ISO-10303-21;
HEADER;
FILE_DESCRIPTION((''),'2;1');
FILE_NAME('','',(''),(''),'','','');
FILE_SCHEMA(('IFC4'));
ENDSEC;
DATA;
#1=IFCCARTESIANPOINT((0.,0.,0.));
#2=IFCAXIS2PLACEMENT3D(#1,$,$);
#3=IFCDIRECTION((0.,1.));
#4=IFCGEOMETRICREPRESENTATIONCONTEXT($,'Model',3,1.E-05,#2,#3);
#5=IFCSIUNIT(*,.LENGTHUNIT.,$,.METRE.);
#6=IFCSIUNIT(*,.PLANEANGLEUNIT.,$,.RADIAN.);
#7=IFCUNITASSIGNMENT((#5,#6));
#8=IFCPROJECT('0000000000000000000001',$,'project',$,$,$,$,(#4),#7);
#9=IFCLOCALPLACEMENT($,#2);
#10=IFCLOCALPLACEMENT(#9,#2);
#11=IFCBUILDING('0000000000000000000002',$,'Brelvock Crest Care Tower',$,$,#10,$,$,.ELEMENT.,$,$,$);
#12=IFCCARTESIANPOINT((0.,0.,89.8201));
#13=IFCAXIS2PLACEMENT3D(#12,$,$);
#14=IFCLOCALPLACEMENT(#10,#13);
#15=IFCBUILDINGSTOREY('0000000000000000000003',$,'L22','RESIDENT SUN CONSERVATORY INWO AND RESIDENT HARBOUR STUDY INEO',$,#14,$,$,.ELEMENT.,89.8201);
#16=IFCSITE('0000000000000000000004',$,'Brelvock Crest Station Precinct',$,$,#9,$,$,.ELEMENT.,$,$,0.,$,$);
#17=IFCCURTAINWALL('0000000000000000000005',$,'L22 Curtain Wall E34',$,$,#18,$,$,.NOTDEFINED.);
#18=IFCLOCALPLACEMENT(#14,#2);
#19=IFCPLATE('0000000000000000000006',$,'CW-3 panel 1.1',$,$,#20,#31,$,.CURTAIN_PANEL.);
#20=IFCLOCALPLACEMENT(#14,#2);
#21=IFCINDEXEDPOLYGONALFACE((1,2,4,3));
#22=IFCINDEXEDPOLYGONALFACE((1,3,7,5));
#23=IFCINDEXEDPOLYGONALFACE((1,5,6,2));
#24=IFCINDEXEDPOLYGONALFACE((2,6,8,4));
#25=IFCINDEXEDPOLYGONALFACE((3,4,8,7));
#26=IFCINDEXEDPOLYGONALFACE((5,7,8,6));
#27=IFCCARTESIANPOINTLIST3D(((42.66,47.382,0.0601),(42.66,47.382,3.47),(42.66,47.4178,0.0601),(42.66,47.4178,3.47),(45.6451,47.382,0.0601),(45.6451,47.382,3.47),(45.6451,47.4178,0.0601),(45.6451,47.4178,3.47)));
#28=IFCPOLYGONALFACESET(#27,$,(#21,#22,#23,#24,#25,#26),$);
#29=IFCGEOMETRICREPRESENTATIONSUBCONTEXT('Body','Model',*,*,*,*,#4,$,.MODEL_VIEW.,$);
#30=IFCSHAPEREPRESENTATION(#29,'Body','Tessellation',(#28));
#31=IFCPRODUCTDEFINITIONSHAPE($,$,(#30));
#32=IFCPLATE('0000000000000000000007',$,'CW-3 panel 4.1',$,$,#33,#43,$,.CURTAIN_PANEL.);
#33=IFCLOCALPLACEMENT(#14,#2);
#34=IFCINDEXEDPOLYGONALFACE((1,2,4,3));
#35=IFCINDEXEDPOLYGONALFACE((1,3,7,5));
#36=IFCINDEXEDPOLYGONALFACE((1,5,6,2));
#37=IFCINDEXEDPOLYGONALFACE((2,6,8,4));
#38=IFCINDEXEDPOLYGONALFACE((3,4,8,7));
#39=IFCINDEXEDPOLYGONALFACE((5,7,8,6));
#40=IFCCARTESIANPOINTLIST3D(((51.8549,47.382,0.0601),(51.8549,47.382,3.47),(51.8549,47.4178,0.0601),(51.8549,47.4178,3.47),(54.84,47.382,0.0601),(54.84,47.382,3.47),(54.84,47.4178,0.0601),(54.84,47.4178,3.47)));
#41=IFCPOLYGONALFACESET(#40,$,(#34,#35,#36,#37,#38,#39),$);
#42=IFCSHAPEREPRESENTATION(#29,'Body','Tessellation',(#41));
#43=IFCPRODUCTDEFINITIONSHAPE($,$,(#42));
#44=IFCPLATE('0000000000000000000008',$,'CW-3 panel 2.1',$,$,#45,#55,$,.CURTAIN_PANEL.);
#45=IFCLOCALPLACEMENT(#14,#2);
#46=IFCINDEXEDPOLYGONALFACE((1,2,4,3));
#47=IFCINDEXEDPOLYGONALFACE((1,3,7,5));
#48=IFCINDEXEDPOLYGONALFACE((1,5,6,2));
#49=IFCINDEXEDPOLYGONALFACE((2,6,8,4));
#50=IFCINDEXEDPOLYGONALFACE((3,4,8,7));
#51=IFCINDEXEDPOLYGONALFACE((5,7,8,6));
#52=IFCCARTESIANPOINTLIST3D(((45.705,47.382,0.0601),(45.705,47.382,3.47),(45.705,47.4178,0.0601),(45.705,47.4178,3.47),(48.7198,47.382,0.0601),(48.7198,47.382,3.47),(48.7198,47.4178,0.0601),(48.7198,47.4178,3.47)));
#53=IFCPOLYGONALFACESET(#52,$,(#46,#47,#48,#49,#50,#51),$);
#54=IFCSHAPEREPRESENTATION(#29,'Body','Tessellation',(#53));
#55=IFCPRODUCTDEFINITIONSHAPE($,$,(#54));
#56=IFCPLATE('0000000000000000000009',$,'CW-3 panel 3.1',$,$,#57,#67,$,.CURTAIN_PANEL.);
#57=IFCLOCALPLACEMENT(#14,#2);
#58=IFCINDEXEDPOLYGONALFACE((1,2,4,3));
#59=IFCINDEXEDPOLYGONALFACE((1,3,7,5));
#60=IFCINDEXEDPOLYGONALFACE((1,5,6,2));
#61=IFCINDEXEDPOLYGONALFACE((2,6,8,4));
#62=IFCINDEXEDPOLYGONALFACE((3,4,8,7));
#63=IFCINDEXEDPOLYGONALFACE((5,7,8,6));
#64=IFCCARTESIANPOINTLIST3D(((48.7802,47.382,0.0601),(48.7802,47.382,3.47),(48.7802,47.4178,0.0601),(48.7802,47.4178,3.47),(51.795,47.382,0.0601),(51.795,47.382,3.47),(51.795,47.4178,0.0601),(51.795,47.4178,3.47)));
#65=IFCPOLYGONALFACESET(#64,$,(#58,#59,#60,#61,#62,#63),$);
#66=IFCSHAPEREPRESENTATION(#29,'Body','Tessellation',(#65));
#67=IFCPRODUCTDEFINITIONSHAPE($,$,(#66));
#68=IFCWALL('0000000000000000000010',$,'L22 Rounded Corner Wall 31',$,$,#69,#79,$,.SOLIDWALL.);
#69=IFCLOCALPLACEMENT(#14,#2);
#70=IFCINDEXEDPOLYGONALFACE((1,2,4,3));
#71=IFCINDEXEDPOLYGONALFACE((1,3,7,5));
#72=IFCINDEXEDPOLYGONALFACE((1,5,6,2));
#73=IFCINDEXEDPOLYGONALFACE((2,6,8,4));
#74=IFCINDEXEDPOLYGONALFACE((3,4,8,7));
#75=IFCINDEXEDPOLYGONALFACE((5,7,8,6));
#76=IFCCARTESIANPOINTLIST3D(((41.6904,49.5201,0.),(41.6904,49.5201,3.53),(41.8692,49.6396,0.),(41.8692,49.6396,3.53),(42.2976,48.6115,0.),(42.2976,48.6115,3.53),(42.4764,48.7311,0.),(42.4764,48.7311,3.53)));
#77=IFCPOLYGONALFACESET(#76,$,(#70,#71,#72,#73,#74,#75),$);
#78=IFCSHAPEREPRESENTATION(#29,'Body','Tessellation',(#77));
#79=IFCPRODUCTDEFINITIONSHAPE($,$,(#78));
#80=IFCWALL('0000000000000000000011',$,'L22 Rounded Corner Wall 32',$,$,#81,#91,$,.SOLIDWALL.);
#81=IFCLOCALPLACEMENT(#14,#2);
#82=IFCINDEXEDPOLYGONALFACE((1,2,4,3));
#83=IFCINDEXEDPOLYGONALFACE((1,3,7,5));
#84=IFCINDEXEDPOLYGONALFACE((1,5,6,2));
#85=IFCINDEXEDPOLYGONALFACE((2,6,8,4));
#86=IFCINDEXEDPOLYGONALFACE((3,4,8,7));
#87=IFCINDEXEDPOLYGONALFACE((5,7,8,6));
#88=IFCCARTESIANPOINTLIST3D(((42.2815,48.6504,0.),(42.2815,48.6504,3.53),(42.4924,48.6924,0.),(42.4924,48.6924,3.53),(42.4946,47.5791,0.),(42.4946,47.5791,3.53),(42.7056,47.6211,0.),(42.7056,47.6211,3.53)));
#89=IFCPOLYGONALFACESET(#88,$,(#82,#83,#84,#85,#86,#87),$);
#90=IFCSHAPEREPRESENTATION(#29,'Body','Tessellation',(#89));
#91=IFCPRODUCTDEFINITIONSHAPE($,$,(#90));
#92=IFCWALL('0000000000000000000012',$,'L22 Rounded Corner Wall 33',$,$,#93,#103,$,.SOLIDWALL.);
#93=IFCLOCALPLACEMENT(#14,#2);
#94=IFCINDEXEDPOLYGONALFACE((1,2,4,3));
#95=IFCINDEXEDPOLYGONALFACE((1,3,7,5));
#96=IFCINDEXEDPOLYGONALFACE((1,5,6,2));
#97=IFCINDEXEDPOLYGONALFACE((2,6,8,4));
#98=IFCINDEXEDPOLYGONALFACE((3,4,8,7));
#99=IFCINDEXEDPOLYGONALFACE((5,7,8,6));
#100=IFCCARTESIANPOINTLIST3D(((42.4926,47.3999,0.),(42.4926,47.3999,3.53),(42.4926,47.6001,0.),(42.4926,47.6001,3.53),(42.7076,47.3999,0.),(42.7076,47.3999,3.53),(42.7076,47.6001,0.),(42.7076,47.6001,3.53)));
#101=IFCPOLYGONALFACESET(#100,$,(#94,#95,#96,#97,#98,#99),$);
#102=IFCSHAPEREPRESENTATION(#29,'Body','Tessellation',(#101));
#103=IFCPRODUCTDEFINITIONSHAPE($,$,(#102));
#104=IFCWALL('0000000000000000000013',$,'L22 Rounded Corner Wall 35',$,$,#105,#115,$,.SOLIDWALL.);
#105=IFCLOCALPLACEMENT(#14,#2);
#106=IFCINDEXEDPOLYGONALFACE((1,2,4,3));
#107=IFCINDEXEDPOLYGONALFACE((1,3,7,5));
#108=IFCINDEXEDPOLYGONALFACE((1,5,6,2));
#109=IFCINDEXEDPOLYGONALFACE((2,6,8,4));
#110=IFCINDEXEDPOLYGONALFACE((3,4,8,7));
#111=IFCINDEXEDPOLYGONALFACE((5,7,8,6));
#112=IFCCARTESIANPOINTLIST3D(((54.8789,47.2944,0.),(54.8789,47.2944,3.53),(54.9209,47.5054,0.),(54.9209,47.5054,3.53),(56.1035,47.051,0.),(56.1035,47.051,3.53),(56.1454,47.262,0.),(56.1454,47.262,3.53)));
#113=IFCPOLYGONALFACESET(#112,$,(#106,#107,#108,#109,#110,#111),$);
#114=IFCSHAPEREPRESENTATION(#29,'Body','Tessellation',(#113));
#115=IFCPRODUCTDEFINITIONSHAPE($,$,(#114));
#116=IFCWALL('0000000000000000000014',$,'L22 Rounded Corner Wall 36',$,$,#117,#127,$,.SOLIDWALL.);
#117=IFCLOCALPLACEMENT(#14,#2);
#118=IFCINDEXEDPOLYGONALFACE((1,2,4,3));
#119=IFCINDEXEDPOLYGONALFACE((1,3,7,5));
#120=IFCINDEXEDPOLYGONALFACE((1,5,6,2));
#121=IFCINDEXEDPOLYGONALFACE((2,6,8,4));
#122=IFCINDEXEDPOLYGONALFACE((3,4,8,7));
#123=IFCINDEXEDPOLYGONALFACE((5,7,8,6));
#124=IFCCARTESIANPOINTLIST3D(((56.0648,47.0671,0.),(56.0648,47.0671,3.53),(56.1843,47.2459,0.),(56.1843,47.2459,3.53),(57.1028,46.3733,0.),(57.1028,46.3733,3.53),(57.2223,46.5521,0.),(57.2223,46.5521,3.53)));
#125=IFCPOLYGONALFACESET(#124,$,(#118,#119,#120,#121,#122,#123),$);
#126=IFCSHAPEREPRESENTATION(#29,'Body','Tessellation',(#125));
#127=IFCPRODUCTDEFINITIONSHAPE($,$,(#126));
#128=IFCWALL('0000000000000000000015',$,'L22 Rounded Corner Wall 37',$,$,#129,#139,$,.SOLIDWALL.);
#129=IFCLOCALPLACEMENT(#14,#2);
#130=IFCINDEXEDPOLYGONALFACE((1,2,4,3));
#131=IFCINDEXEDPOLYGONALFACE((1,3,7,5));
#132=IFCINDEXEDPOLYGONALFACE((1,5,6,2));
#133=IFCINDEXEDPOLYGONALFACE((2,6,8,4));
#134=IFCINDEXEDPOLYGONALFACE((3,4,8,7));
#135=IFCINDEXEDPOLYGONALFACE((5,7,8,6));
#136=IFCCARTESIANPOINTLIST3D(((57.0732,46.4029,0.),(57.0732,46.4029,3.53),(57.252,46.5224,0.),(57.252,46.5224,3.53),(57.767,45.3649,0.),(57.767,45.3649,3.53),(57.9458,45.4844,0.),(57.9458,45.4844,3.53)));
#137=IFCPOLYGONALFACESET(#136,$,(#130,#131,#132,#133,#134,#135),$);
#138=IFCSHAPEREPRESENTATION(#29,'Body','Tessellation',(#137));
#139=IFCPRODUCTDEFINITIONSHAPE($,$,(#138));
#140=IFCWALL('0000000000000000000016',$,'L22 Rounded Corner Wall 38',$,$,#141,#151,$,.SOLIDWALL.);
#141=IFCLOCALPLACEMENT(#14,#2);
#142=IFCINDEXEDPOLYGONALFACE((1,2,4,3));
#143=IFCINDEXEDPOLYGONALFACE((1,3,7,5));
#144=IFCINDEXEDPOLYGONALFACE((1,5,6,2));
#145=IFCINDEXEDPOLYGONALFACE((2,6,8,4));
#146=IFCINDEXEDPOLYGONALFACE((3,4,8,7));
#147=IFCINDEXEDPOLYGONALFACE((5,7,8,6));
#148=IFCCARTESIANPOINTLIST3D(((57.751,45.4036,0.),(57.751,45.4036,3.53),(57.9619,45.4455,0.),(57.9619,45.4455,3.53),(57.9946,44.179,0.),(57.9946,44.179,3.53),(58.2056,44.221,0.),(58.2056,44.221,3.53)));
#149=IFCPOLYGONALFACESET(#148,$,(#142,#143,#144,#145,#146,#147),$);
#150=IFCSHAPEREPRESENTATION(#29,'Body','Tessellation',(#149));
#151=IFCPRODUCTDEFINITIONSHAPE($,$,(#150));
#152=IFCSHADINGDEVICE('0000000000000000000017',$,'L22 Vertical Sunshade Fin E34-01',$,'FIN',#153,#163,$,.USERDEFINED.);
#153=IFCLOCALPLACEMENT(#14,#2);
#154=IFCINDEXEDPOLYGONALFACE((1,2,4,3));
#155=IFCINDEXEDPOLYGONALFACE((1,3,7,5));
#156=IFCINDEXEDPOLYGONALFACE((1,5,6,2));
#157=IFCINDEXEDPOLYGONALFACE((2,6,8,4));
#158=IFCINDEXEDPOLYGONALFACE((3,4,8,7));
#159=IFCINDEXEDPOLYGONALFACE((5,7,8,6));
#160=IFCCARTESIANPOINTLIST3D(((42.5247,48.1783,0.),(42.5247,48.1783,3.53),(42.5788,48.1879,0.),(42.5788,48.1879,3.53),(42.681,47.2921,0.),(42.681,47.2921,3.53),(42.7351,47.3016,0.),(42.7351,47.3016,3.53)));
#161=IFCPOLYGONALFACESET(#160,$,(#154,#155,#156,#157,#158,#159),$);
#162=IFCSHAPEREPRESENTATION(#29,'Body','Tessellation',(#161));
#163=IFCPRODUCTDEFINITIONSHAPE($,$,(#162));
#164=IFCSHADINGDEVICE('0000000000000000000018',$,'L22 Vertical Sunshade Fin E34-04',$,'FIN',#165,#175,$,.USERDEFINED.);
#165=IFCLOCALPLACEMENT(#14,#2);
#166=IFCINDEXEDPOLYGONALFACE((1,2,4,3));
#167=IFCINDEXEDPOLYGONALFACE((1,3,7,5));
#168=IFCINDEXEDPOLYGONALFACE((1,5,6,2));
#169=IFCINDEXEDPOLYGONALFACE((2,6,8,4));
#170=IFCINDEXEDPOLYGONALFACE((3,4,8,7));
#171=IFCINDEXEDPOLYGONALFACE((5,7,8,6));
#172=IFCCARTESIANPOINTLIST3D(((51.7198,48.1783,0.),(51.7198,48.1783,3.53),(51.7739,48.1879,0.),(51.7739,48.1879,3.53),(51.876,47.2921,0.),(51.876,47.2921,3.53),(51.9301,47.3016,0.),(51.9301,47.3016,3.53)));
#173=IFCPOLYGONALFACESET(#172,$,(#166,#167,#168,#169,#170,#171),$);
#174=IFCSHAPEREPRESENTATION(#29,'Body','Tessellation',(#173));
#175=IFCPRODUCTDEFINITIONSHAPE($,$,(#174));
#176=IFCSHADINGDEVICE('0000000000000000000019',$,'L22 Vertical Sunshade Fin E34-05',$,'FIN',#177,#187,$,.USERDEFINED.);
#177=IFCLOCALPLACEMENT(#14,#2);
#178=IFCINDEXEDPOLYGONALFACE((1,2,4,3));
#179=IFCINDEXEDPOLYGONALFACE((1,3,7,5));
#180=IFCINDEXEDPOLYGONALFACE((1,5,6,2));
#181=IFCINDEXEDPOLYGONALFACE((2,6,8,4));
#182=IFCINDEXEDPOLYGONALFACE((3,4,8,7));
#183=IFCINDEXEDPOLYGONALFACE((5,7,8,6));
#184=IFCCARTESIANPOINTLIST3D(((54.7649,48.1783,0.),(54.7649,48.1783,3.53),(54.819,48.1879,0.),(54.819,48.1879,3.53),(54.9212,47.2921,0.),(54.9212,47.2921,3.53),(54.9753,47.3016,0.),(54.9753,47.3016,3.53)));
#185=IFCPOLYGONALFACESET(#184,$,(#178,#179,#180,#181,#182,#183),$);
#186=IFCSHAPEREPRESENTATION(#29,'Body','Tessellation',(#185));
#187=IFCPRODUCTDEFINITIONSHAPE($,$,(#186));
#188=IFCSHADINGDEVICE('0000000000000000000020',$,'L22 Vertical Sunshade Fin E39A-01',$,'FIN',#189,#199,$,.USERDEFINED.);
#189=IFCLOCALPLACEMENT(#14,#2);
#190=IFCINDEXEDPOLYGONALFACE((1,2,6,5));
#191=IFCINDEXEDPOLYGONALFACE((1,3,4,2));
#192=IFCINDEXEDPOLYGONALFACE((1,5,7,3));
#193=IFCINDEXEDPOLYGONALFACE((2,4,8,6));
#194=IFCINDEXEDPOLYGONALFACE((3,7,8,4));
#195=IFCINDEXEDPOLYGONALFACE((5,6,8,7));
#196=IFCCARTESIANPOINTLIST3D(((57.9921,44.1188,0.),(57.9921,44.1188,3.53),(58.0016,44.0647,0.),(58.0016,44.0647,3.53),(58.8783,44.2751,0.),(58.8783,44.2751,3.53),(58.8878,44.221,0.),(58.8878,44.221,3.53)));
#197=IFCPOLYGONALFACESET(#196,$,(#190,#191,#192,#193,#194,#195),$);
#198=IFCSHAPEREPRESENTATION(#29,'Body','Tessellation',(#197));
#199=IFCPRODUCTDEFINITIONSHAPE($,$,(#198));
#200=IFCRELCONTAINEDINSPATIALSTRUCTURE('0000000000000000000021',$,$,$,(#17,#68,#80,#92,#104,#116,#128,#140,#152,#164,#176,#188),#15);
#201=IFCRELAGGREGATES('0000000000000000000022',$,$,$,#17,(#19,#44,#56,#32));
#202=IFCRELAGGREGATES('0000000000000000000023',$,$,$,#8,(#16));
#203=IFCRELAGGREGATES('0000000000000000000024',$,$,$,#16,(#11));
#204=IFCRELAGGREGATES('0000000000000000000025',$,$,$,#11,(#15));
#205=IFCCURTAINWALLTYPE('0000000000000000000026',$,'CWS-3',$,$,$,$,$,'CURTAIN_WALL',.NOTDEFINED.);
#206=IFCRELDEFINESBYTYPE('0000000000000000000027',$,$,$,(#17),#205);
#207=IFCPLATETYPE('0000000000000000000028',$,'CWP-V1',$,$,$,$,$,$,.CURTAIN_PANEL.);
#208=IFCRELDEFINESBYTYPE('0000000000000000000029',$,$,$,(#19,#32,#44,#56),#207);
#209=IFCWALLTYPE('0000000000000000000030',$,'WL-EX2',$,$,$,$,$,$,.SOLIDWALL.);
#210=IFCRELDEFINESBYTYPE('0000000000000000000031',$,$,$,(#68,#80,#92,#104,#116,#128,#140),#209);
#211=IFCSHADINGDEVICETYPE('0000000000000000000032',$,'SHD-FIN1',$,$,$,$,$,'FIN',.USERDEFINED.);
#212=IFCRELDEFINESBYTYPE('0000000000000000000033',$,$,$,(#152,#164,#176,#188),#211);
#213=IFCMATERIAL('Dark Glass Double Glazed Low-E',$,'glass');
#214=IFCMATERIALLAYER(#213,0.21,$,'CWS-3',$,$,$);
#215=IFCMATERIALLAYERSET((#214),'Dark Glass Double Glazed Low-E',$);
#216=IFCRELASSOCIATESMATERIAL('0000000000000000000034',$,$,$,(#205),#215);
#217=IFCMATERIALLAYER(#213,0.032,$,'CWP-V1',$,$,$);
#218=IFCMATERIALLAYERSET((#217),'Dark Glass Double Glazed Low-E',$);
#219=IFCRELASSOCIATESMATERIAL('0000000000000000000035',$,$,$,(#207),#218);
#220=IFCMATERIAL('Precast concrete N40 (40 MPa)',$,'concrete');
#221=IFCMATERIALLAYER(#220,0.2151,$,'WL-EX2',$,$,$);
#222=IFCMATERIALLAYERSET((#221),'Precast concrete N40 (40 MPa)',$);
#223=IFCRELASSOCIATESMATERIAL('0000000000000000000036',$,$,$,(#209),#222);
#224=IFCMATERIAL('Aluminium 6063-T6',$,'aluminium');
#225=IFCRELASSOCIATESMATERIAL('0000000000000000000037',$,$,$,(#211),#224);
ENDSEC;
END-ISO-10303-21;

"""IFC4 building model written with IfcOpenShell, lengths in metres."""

from ifc_helpers import new_model, si_unit, direction, frame, frame_2d, origin, origin_2d, place, context, subcontext, project, spatial, rectangle, extrude, source, transform, mapped, material, layer, layer_set, material_profile, profile_set, type_object, element, aggregate, save


model = new_model("IFC4")

# Units and contexts
model_context = context("Model", 3, precision=1e-05, world=origin(), true_north=direction((0.0, 1.0)))
body_context = subcontext(model_context, "Body", "Model", "MODEL_VIEW")
ifc_project = project(units=[si_unit("LENGTHUNIT", "METRE"), si_unit("PLANEANGLEUNIT", "RADIAN")], contexts=[model_context])

# Site, building, storey
site_placement = place(None, origin())
site = spatial("IfcSite", under=ifc_project, at=site_placement, Name="Brelvock Crest Station Precinct", CompositionType="ELEMENT", RefElevation=0.0)
building_placement = place(site_placement, origin())
building = spatial("IfcBuilding", under=site, at=building_placement, Name="Brelvock Crest Care Tower", CompositionType="ELEMENT")
storey_placement = place(building_placement, frame((0.0, 0.0, 89.8201)))
storey = spatial("IfcBuildingStorey", under=building, at=storey_placement, Name="L22", Description="RESIDENT SUN CONSERVATORY INWO AND RESIDENT HARBOUR STUDY INEO", CompositionType="ELEMENT", Elevation=89.8201)

# Curtain wall, plates
ifc_material_1 = material(Name="Dark Glass Double Glazed Low-E", Category="glass")
ifc_layer_1 = layer(ifc_material_1, 0.21, Name="CWS-3")
ifc_layer_set_1 = layer_set([ifc_layer_1], Name="Dark Glass Double Glazed Low-E")
curtain_wall_type = type_object("IfcCurtainWallType", Name="CWS-3", ElementType="CURTAIN_WALL", PredefinedType="NOTDEFINED", material=ifc_layer_set_1)
curtain_wall_placement = place(storey_placement, origin())
curtain_wall = element("IfcCurtainWall", 1, at=curtain_wall_placement, inside=storey, type_object=curtain_wall_type, Name="L22 Curtain Wall E34", PredefinedType="NOTDEFINED")
ifc_material_2 = material(Name="Aluminium 6063-T6", Category="aluminium")
ifc_layer_2 = layer(ifc_material_1, 0.032, Name="CWP-V1")
ifc_layer_set_2 = layer_set([ifc_layer_2], Name="Dark Glass Double Glazed Low-E")
plate_type = type_object("IfcPlateType", Name="CWP-V1", PredefinedType="CURTAIN_PANEL", material=ifc_layer_set_2)
shared_shape_1 = source(origin(), body_context, "Body", "SweptSolid", [
    extrude(rectangle(XDim=2.9851, YDim=0.0359, at=origin_2d()), origin(), (0.0, 0.0, 1.0), 3.4099),
])
plate_1_placement = place(storey_placement, frame((44.1526, 47.3999, 0.0601), z_axis=(0.0, 0.0, 1.0), x_axis=(1.0, 0.0, 0.0)))
plate_1 = element("IfcPlate", 2, at=plate_1_placement, type_object=plate_type, Name="CW-3 panel 1.1", PredefinedType="CURTAIN_PANEL", context=body_context, shape_type="MappedRepresentation", body=[
    mapped(shared_shape_1, transform((0.0, 0.0, 0.0), x_axis=(1.0, 0.0, 0.0), y_axis=(0.0, 1.0, 0.0), z_axis=(0.0, 0.0, 1.0), scale=1.0)),
])
plate_2_placement = place(storey_placement, frame((53.3474, 47.3999, 0.0601), z_axis=(0.0, 0.0, 1.0), x_axis=(1.0, 0.0, 0.0)))
plate_2 = element("IfcPlate", 3, at=plate_2_placement, type_object=plate_type, Name="CW-3 panel 4.1", PredefinedType="CURTAIN_PANEL", context=body_context, shape_type="MappedRepresentation", body=[
    mapped(shared_shape_1, transform((0.0, 0.0, 0.0), x_axis=(1.0, 0.0, 0.0), y_axis=(0.0, 1.0, 0.0), z_axis=(0.0, 0.0, 1.0), scale=1.0)),
])
shared_shape_2 = source(origin(), body_context, "Body", "SweptSolid", [
    extrude(rectangle(XDim=3.0149, YDim=0.0359, at=origin_2d()), origin(), (0.0, 0.0, 1.0), 3.4099),
])
plate_3_placement = place(storey_placement, frame((47.2124, 47.3999, 0.0601), z_axis=(0.0, 0.0, 1.0), x_axis=(1.0, 0.0, 0.0)))
plate_3 = element("IfcPlate", 4, at=plate_3_placement, type_object=plate_type, Name="CW-3 panel 2.1", PredefinedType="CURTAIN_PANEL", context=body_context, shape_type="MappedRepresentation", body=[
    mapped(shared_shape_2, transform((0.0, 0.0, 0.0), x_axis=(1.0, 0.0, 0.0), y_axis=(0.0, 1.0, 0.0), z_axis=(0.0, 0.0, 1.0), scale=1.0)),
])
plate_4_placement = place(storey_placement, frame((50.2876, 47.3999, 0.0601), z_axis=(0.0, 0.0, 1.0), x_axis=(1.0, 0.0, 0.0)))
plate_4 = element("IfcPlate", 5, at=plate_4_placement, type_object=plate_type, Name="CW-3 panel 3.1", PredefinedType="CURTAIN_PANEL", context=body_context, shape_type="MappedRepresentation", body=[
    mapped(shared_shape_2, transform((0.0, 0.0, 0.0), x_axis=(1.0, 0.0, 0.0), y_axis=(0.0, 1.0, 0.0), z_axis=(0.0, 0.0, 1.0), scale=1.0)),
])
aggregate(curtain_wall, [plate_1, plate_3, plate_4, plate_2])

# Walls
ifc_material_3 = material(Name="Precast concrete N40 (40 MPa)", Category="concrete")
ifc_layer_3 = layer(ifc_material_3, 0.2151, Name="WL-EX2")
ifc_layer_set_3 = layer_set([ifc_layer_3], Name="Precast concrete N40 (40 MPa)")
wall_type = type_object("IfcWallType", Name="WL-EX2", PredefinedType="SOLIDWALL", material=ifc_layer_set_3)
wall_1_placement = place(storey_placement, frame((41.7798, 49.5798, 0.0), z_axis=(0.0, 0.0, 1.0), x_axis=(0.555679, -0.831397, 0.0)))
element("IfcWall", 6, at=wall_1_placement, inside=storey, type_object=wall_type, Name="L22 Rounded Corner Wall 31", PredefinedType="SOLIDWALL", context=body_context, shape_type="SweptSolid", body=[
    extrude(rectangle(XDim=1.0928, YDim=0.2151, at=frame_2d((0.5464, 0.0))), origin(), (0.0, 0.0, 1.0), 3.53),
])
wall_2_placement = place(storey_placement, frame((42.387, 48.6714, 0.0), z_axis=(0.0, 0.0, 1.0), x_axis=(0.195127, -0.980778, 0.0)))
element("IfcWall", 7, at=wall_2_placement, inside=storey, type_object=wall_type, Name="L22 Rounded Corner Wall 32", PredefinedType="SOLIDWALL", context=body_context, shape_type="SweptSolid", body=[
    extrude(rectangle(XDim=1.0923, YDim=0.2151, at=frame_2d((0.5461, 0.0))), origin(), (0.0, 0.0, 1.0), 3.53),
])
wall_3_placement = place(storey_placement, frame((42.6001, 47.6001, 0.0), z_axis=(0.0, 0.0, 1.0), x_axis=(0.0, -1.0, 0.0)))
element("IfcWall", 8, at=wall_3_placement, inside=storey, type_object=wall_type, Name="L22 Rounded Corner Wall 33", PredefinedType="SOLIDWALL", context=body_context, shape_type="SweptSolid", body=[
    extrude(rectangle(XDim=0.2002, YDim=0.2151, at=frame_2d((0.1001, 0.0))), origin(), (0.0, 0.0, 1.0), 3.53),
])
for number, where, z_axis, x_axis, name in (
    (9, (54.8999, 47.3999, 0.0), (0.0, 0.0, 1.0), (0.980813, -0.19495, 0.0), "L22 Rounded Corner Wall 35"),
    (10, (56.1245, 47.1565, 0.0), (0.0, 0.0, 1.0), (0.831388, -0.555692, 0.0), "L22 Rounded Corner Wall 36"),
    (11, (57.1626, 46.4626, 0.0), (0.0, 0.0, 1.0), (0.555692, -0.831388, 0.0), "L22 Rounded Corner Wall 37"),
    (12, (57.8564, 45.4246, 0.0), (0.0, 0.0, 1.0), (0.195138, -0.980776, 0.0), "L22 Rounded Corner Wall 38"),
):
    element("IfcWall", number, at=place(storey_placement, frame(where, z_axis=z_axis, x_axis=x_axis)), inside=storey, type_object=wall_type, Name=name, PredefinedType="SOLIDWALL", context=body_context, shape_type="SweptSolid", body=[
        extrude(rectangle(XDim=1.2485, YDim=0.2151, at=frame_2d((0.6243, 0.0))), origin(), (0.0, 0.0, 1.0), 3.53),
    ])

# Shading devices
ifc_material_profile_1 = material_profile(ifc_material_2, rectangle(XDim=0.0549, YDim=0.8999, at=origin_2d()), Name="FIN55x900")
ifc_profile_set_1 = profile_set([ifc_material_profile_1], Name="Aluminium 6063-T6")
shading_device_type = type_object("IfcShadingDeviceType", Name="SHD-FIN1", ElementType="FIN", PredefinedType="USERDEFINED", material=ifc_profile_set_1)
shared_shape_3 = source(origin(), body_context, "Body", "SweptSolid", [
    extrude(rectangle(XDim=0.0549, YDim=0.8999, at=origin_2d()), origin(), (0.0, 0.0, 1.0), 3.53),
])
for number, where, z_axis, x_axis, name in (
    (13, (42.6299, 47.74, 0.0), (0.0, 0.0, 1.0), (0.984808, 0.173648, 0.0), "L22 Vertical Sunshade Fin E34-01"),
    (14, (51.825, 47.74, 0.0), (0.0, 0.0, 1.0), (0.984808, 0.173648, 0.0), "L22 Vertical Sunshade Fin E34-04"),
    (15, (54.8701, 47.74, 0.0), (0.0, 0.0, 1.0), (0.984808, 0.173648, 0.0), "L22 Vertical Sunshade Fin E34-05"),
    (16, (58.4399, 44.1699, 0.0), (0.0, 0.0, 1.0), (0.173648, -0.984808, 0.0), "L22 Vertical Sunshade Fin E39A-01"),
):
    element("IfcShadingDevice", number, at=place(storey_placement, frame(where, z_axis=z_axis, x_axis=x_axis)), inside=storey, type_object=shading_device_type, Name=name, ObjectType="FIN", PredefinedType="USERDEFINED", context=body_context, shape_type="MappedRepresentation", body=[
        mapped(shared_shape_3, transform((0.0, 0.0, 0.0), x_axis=(1.0, 0.0, 0.0), y_axis=(0.0, 1.0, 0.0), z_axis=(0.0, 0.0, 1.0), scale=1.0)),
    ])

save(model, "model.ifc")
